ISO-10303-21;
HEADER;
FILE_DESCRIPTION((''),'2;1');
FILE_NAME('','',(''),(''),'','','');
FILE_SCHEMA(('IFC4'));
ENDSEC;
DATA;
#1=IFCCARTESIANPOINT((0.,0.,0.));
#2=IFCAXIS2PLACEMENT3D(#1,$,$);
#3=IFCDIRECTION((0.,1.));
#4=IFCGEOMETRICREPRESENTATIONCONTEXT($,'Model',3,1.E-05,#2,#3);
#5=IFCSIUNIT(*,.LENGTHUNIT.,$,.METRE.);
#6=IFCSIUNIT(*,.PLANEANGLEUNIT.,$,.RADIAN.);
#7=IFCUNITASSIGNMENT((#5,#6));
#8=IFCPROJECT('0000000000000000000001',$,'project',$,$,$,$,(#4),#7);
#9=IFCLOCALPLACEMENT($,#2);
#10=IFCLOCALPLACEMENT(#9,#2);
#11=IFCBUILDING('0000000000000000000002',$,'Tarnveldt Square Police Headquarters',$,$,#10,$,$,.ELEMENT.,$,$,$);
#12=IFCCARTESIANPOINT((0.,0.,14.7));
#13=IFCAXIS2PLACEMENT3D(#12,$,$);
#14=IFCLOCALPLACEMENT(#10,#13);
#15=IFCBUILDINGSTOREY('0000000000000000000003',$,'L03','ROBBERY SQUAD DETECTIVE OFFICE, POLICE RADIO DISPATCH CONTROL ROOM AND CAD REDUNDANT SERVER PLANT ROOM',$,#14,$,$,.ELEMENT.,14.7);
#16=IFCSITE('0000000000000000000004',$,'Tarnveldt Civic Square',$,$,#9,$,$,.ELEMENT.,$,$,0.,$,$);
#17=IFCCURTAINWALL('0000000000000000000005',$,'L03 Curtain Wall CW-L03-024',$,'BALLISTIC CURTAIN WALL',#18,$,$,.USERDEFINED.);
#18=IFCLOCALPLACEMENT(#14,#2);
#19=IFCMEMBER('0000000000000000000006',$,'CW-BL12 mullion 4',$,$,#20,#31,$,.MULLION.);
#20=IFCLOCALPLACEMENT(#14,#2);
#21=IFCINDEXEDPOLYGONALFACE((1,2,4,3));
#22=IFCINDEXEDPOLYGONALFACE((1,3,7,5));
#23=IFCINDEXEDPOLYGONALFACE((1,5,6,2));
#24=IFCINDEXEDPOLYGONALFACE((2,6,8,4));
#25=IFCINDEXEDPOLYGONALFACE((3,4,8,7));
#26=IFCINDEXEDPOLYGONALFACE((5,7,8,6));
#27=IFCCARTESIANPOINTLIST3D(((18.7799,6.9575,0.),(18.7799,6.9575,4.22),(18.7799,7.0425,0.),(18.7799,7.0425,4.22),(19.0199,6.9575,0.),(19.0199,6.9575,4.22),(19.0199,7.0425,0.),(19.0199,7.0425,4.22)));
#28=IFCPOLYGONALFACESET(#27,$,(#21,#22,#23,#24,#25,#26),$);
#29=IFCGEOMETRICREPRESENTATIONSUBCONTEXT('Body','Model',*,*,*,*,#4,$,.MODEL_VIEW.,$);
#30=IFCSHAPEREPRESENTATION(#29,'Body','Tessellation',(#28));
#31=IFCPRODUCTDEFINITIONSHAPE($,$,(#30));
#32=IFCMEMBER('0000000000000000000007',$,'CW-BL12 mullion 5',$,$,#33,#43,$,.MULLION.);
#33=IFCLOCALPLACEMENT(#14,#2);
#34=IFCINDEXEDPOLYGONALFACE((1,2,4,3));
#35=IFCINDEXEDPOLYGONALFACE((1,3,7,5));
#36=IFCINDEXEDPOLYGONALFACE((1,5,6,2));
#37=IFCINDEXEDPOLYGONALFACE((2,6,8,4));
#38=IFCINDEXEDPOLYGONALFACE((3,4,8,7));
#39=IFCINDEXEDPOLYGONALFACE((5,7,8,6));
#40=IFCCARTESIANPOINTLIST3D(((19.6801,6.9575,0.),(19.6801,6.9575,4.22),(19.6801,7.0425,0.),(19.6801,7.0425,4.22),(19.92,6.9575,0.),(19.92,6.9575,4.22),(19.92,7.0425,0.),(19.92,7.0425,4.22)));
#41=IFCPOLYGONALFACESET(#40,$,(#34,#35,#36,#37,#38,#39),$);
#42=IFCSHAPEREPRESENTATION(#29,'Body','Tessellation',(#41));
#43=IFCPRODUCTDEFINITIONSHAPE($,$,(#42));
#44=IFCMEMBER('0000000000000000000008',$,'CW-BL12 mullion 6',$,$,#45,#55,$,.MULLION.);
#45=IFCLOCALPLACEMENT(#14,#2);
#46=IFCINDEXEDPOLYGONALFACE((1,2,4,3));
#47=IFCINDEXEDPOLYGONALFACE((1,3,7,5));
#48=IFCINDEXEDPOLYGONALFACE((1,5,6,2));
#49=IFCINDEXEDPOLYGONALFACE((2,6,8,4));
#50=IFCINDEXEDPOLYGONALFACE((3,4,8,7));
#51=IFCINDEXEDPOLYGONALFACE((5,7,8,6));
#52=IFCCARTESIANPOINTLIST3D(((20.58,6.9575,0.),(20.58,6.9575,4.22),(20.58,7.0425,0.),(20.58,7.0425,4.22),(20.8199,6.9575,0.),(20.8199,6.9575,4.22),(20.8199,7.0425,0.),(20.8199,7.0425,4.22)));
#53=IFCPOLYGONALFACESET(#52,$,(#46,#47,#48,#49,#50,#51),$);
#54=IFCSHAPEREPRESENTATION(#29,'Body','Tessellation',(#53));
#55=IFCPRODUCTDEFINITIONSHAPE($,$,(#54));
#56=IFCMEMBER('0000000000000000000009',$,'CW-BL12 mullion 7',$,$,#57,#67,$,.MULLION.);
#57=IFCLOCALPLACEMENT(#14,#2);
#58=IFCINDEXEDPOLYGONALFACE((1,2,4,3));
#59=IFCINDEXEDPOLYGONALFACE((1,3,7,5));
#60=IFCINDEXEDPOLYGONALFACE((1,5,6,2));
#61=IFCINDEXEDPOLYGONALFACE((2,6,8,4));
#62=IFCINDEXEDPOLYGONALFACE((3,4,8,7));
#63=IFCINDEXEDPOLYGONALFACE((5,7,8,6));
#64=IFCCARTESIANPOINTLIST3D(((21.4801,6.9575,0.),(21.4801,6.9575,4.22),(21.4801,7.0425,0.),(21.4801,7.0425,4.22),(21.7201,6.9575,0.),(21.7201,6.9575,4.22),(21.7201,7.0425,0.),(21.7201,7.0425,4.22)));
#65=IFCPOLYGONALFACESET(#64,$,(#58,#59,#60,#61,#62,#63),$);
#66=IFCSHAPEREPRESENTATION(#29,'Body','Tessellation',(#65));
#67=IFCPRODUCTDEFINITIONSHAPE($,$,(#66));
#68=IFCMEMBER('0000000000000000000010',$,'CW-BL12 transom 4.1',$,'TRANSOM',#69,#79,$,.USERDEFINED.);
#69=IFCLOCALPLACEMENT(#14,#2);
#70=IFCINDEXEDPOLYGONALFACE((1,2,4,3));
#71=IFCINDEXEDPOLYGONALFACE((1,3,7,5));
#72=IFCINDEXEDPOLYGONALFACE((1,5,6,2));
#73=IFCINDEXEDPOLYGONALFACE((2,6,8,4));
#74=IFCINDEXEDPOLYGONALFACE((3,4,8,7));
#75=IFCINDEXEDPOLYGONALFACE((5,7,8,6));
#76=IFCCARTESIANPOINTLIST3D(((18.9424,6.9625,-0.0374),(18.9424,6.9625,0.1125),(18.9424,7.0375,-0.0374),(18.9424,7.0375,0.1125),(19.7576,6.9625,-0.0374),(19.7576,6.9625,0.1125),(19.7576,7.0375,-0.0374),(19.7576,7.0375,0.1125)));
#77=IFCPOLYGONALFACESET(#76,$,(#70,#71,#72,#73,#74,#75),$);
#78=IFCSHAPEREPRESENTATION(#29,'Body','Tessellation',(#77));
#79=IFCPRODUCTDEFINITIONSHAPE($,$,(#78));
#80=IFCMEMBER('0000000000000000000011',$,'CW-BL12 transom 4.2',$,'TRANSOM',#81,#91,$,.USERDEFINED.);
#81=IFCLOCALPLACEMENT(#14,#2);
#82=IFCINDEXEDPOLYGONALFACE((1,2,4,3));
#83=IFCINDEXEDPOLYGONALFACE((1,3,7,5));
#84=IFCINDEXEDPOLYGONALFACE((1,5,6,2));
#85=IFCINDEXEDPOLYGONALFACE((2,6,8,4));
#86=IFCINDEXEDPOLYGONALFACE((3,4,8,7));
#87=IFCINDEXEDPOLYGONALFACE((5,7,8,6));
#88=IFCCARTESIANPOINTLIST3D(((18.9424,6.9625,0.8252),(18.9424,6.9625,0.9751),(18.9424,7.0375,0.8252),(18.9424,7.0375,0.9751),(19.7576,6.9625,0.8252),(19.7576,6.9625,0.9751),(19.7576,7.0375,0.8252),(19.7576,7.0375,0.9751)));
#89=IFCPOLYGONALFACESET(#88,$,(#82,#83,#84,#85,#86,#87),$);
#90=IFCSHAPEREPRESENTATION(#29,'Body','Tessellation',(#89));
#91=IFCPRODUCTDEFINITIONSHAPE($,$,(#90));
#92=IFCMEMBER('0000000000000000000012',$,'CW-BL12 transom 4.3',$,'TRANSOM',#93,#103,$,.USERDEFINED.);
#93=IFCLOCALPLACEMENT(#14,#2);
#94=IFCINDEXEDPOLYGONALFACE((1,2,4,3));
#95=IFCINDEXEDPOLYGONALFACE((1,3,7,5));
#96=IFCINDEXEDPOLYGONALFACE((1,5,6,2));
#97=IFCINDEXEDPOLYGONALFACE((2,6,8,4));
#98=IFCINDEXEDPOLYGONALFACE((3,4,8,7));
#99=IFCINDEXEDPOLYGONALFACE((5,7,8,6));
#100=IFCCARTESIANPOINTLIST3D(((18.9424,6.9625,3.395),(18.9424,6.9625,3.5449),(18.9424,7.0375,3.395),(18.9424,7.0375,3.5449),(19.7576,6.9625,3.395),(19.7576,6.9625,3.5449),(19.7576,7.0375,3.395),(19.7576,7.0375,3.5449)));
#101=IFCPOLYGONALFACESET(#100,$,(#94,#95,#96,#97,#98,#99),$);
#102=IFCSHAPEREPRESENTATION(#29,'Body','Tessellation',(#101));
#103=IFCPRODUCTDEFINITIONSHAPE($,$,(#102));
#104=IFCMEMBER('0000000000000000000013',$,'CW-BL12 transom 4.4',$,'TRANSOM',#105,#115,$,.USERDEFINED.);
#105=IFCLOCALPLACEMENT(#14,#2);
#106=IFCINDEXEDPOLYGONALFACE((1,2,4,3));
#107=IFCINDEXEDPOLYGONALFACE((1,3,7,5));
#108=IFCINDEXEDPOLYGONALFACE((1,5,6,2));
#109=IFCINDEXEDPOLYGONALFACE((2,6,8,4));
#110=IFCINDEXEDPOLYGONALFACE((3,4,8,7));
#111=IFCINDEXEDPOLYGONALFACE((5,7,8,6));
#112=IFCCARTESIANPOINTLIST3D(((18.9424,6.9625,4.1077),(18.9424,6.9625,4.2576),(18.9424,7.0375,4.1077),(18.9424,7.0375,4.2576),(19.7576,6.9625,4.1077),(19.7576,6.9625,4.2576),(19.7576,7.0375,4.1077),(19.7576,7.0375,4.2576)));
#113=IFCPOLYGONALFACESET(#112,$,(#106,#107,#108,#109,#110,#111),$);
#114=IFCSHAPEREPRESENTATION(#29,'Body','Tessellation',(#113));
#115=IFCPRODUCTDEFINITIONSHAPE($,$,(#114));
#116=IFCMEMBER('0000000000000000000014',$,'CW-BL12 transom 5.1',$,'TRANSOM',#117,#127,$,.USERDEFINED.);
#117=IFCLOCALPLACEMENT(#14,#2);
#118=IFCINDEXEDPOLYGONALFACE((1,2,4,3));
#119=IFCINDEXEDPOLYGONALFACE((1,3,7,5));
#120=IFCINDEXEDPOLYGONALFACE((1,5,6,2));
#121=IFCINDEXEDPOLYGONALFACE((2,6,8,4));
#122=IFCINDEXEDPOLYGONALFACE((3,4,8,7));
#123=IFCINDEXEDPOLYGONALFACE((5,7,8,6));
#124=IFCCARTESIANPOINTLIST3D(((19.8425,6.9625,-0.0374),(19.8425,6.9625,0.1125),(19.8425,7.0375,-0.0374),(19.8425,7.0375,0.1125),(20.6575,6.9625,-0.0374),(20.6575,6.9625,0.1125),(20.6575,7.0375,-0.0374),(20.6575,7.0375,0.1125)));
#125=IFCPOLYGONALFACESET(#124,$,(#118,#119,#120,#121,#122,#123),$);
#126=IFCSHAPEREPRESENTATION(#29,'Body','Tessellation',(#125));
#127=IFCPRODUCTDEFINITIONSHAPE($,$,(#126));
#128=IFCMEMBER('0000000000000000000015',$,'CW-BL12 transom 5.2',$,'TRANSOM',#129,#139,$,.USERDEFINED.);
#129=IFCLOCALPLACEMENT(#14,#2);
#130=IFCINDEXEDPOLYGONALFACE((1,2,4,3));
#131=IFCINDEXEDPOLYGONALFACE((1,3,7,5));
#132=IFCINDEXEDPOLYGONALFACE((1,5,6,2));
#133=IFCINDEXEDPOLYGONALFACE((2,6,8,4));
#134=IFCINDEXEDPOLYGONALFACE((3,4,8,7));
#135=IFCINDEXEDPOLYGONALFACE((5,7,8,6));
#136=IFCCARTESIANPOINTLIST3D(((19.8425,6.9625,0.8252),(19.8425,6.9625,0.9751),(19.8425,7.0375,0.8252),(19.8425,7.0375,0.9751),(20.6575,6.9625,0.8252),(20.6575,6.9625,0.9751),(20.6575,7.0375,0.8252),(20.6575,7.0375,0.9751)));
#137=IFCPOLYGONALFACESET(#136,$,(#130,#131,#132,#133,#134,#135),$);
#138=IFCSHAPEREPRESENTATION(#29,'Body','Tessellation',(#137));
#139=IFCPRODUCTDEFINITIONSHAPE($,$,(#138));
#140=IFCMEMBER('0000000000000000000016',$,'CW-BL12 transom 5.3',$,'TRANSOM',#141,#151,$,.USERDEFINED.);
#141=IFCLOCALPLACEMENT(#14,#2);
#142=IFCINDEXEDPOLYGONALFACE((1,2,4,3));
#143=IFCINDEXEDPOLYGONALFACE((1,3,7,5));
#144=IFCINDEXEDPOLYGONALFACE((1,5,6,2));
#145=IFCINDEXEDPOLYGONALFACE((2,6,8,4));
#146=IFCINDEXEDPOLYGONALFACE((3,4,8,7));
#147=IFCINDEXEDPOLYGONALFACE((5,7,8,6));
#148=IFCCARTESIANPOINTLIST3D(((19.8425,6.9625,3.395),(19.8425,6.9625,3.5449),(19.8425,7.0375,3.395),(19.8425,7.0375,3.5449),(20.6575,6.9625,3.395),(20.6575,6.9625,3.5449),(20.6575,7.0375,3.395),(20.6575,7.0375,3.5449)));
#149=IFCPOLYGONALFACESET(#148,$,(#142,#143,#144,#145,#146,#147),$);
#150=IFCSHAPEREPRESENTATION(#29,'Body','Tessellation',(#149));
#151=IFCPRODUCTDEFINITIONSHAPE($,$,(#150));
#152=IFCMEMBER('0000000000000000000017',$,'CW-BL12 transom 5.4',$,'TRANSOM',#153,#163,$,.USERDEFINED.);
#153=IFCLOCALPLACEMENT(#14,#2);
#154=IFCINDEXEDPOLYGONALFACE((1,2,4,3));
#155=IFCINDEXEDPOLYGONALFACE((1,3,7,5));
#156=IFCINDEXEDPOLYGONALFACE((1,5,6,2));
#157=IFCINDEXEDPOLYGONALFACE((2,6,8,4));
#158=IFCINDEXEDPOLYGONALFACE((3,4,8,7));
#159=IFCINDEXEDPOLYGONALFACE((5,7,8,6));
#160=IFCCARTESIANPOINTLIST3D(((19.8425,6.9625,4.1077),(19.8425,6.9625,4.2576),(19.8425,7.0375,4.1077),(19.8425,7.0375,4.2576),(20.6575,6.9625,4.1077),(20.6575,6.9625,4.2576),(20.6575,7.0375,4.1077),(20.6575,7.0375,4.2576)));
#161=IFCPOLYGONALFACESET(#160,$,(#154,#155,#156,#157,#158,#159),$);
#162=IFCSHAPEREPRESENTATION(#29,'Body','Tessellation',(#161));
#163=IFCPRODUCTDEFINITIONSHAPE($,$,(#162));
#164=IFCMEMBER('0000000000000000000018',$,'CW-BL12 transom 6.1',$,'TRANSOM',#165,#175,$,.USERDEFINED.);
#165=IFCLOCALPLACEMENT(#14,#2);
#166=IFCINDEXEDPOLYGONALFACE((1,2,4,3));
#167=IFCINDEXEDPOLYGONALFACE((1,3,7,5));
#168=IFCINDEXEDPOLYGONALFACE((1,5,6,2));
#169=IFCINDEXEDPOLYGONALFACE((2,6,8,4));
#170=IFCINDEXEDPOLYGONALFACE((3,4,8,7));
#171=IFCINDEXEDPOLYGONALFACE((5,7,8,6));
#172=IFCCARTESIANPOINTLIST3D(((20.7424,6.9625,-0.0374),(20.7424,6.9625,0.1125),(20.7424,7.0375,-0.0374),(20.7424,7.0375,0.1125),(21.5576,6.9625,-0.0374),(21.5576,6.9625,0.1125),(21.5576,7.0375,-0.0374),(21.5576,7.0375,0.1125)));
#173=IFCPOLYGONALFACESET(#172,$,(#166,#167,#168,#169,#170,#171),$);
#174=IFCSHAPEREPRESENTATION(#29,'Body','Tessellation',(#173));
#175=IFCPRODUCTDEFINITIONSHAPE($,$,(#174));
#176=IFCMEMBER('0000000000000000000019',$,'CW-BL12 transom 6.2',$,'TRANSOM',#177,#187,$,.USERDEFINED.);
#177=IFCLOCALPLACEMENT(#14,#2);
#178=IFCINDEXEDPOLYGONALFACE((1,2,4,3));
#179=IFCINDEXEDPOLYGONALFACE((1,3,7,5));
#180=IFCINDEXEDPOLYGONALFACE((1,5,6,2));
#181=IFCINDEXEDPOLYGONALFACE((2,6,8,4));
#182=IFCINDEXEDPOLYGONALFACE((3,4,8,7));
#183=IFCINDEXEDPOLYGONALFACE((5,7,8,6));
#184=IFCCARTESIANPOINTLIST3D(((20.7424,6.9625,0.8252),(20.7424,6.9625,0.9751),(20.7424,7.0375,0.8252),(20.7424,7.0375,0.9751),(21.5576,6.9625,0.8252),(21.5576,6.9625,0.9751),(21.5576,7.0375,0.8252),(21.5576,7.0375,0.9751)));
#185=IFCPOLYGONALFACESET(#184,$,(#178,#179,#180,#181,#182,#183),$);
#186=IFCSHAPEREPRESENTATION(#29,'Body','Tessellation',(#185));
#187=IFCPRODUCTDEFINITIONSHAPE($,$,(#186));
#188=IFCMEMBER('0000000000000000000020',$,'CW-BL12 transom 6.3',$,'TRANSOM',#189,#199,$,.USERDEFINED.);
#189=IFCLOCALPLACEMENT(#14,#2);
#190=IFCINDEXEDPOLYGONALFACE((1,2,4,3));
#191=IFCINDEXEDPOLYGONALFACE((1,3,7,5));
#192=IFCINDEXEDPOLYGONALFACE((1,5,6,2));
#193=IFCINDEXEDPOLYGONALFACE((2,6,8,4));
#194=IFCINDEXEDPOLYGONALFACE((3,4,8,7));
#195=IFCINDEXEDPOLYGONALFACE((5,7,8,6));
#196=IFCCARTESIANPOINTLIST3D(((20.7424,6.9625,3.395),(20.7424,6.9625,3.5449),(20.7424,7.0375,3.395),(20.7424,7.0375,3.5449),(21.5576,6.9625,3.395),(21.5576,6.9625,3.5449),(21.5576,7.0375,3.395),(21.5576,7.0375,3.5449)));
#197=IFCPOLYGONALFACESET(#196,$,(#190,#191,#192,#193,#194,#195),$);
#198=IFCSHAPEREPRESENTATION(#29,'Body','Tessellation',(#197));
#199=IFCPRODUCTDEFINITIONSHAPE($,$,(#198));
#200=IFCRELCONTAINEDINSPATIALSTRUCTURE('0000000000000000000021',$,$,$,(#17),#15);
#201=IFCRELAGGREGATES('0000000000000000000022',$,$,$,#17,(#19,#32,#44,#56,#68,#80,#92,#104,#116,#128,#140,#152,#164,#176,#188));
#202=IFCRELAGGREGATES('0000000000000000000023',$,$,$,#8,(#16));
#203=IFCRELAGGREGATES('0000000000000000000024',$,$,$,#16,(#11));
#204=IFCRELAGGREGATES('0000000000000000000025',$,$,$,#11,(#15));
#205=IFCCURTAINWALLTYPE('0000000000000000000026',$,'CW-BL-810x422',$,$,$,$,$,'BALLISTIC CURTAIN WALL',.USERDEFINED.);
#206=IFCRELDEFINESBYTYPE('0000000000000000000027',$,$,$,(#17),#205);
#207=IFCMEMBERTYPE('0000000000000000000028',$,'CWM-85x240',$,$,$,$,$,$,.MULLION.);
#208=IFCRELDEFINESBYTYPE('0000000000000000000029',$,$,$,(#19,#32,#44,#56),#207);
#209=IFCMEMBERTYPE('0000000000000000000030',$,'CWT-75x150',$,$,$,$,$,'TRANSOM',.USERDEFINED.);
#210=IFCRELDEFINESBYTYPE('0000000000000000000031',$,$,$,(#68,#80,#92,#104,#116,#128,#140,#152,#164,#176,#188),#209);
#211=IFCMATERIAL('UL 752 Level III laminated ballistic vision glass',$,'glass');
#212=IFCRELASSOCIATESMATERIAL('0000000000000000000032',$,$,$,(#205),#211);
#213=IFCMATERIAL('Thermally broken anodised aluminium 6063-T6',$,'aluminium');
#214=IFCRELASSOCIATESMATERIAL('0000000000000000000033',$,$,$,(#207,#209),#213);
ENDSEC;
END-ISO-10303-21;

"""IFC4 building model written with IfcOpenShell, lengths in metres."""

from ifc_helpers import new_model, si_unit, direction, frame, origin, origin_2d, place, context, subcontext, project, spatial, rectangle, extrude, material, material_profile, profile_set, type_object, element, aggregate, save


model = new_model("IFC4")

# Units and contexts
model_context = context("Model", 3, precision=1e-05, world=origin(), true_north=direction((0.0, 1.0)))
body_context = subcontext(model_context, "Body", "Model", "MODEL_VIEW")
ifc_project = project(units=[si_unit("LENGTHUNIT", "METRE"), si_unit("PLANEANGLEUNIT", "RADIAN")], contexts=[model_context])

# Site, building, storey
site_placement = place(None, origin())
site = spatial("IfcSite", under=ifc_project, at=site_placement, Name="Tarnveldt Civic Square", CompositionType="ELEMENT", RefElevation=0.0)
building_placement = place(site_placement, origin())
building = spatial("IfcBuilding", under=site, at=building_placement, Name="Tarnveldt Square Police Headquarters", CompositionType="ELEMENT")
storey_placement = place(building_placement, frame((0.0, 0.0, 14.7)))
storey = spatial("IfcBuildingStorey", under=building, at=storey_placement, Name="L03", Description="ROBBERY SQUAD DETECTIVE OFFICE, POLICE RADIO DISPATCH CONTROL ROOM AND CAD REDUNDANT SERVER PLANT ROOM", CompositionType="ELEMENT", Elevation=14.7)

# Curtain wall, members
ifc_material_1 = material(Name="UL 752 Level III laminated ballistic vision glass", Category="glass")
curtain_wall_type = type_object("IfcCurtainWallType", Name="CW-BL-810x422", ElementType="BALLISTIC CURTAIN WALL", PredefinedType="USERDEFINED", material=ifc_material_1)
curtain_wall_placement = place(storey_placement, origin())
curtain_wall = element("IfcCurtainWall", 1, at=curtain_wall_placement, inside=storey, type_object=curtain_wall_type, Name="L03 Curtain Wall CW-L03-024", ObjectType="BALLISTIC CURTAIN WALL", PredefinedType="USERDEFINED")
ifc_material_2 = material(Name="Thermally broken anodised aluminium 6063-T6", Category="aluminium")
ifc_material_profile_1 = material_profile(ifc_material_2, rectangle(XDim=0.085, YDim=0.24, at=origin_2d()), Name="CW-M85x240")
ifc_profile_set_1 = profile_set([ifc_material_profile_1], Name="Thermally broken anodised aluminium 6063-T6")
member_type_1 = type_object("IfcMemberType", Name="CWM-85x240", PredefinedType="MULLION", material=ifc_profile_set_1)
member_1_placement = place(storey_placement, frame((18.8999, 7.0, 0.0), z_axis=(0.0, 0.0, 1.0), x_axis=(0.0, 1.0, 0.0)))
member_1 = element("IfcMember", 2, at=member_1_placement, type_object=member_type_1, Name="CW-BL12 mullion 4", PredefinedType="MULLION", context=body_context, shape_type="SweptSolid", body=[
    extrude(rectangle(XDim=0.085, YDim=0.24, at=origin_2d()), origin(), (0.0, 0.0, 1.0), 4.22),
])
member_2_placement = place(storey_placement, frame((19.8, 7.0, 0.0), z_axis=(0.0, 0.0, 1.0), x_axis=(0.0, 1.0, 0.0)))
member_2 = element("IfcMember", 3, at=member_2_placement, type_object=member_type_1, Name="CW-BL12 mullion 5", PredefinedType="MULLION", context=body_context, shape_type="SweptSolid", body=[
    extrude(rectangle(XDim=0.085, YDim=0.24, at=origin_2d()), origin(), (0.0, 0.0, 1.0), 4.22),
])
member_3_placement = place(storey_placement, frame((20.7, 7.0, 0.0), z_axis=(0.0, 0.0, 1.0), x_axis=(0.0, 1.0, 0.0)))
member_3 = element("IfcMember", 4, at=member_3_placement, type_object=member_type_1, Name="CW-BL12 mullion 6", PredefinedType="MULLION", context=body_context, shape_type="SweptSolid", body=[
    extrude(rectangle(XDim=0.085, YDim=0.24, at=origin_2d()), origin(), (0.0, 0.0, 1.0), 4.22),
])
member_4_placement = place(storey_placement, frame((21.6001, 7.0, 0.0), z_axis=(0.0, 0.0, 1.0), x_axis=(0.0, 1.0, 0.0)))
member_4 = element("IfcMember", 5, at=member_4_placement, type_object=member_type_1, Name="CW-BL12 mullion 7", PredefinedType="MULLION", context=body_context, shape_type="SweptSolid", body=[
    extrude(rectangle(XDim=0.085, YDim=0.24, at=origin_2d()), origin(), (0.0, 0.0, 1.0), 4.22),
])
ifc_material_profile_2 = material_profile(ifc_material_2, rectangle(XDim=0.075, YDim=0.1499, at=origin_2d()), Name="CW-T75x150")
ifc_profile_set_2 = profile_set([ifc_material_profile_2], Name="Thermally broken anodised aluminium 6063-T6")
member_type_2 = type_object("IfcMemberType", Name="CWT-75x150", ElementType="TRANSOM", PredefinedType="USERDEFINED", material=ifc_profile_set_2)
member_5_placement = place(storey_placement, frame((18.9424, 7.0, 0.0376), z_axis=(1.0, 0.0, 0.0), x_axis=(0.0, 1.0, 0.0)))
member_5 = element("IfcMember", 6, at=member_5_placement, type_object=member_type_2, Name="CW-BL12 transom 4.1", ObjectType="TRANSOM", PredefinedType="USERDEFINED", context=body_context, shape_type="SweptSolid", body=[
    extrude(rectangle(XDim=0.075, YDim=0.1499, at=origin_2d()), origin(), (0.0, 0.0, 1.0), 0.8152),
])
member_6_placement = place(storey_placement, frame((18.9424, 7.0, 0.9001), z_axis=(1.0, 0.0, 0.0), x_axis=(0.0, 1.0, 0.0)))
member_6 = element("IfcMember", 7, at=member_6_placement, type_object=member_type_2, Name="CW-BL12 transom 4.2", ObjectType="TRANSOM", PredefinedType="USERDEFINED", context=body_context, shape_type="SweptSolid", body=[
    extrude(rectangle(XDim=0.075, YDim=0.1499, at=origin_2d()), origin(), (0.0, 0.0, 1.0), 0.8152),
])
member_7_placement = place(storey_placement, frame((18.9424, 7.0, 3.47), z_axis=(1.0, 0.0, 0.0), x_axis=(0.0, 1.0, 0.0)))
member_7 = element("IfcMember", 8, at=member_7_placement, type_object=member_type_2, Name="CW-BL12 transom 4.3", ObjectType="TRANSOM", PredefinedType="USERDEFINED", context=body_context, shape_type="SweptSolid", body=[
    extrude(rectangle(XDim=0.075, YDim=0.1499, at=origin_2d()), origin(), (0.0, 0.0, 1.0), 0.8152),
])
member_8_placement = place(storey_placement, frame((18.9424, 7.0, 4.1826), z_axis=(1.0, 0.0, 0.0), x_axis=(0.0, 1.0, 0.0)))
member_8 = element("IfcMember", 9, at=member_8_placement, type_object=member_type_2, Name="CW-BL12 transom 4.4", ObjectType="TRANSOM", PredefinedType="USERDEFINED", context=body_context, shape_type="SweptSolid", body=[
    extrude(rectangle(XDim=0.075, YDim=0.1499, at=origin_2d()), origin(), (0.0, 0.0, 1.0), 0.8152),
])
member_9_placement = place(storey_placement, frame((19.8425, 7.0, 0.0376), z_axis=(1.0, 0.0, 0.0), x_axis=(0.0, 1.0, 0.0)))
member_9 = element("IfcMember", 10, at=member_9_placement, type_object=member_type_2, Name="CW-BL12 transom 5.1", ObjectType="TRANSOM", PredefinedType="USERDEFINED", context=body_context, shape_type="SweptSolid", body=[
    extrude(rectangle(XDim=0.075, YDim=0.1499, at=origin_2d()), origin(), (0.0, 0.0, 1.0), 0.8149),
])
member_10_placement = place(storey_placement, frame((19.8425, 7.0, 0.9001), z_axis=(1.0, 0.0, 0.0), x_axis=(0.0, 1.0, 0.0)))
member_10 = element("IfcMember", 11, at=member_10_placement, type_object=member_type_2, Name="CW-BL12 transom 5.2", ObjectType="TRANSOM", PredefinedType="USERDEFINED", context=body_context, shape_type="SweptSolid", body=[
    extrude(rectangle(XDim=0.075, YDim=0.1499, at=origin_2d()), origin(), (0.0, 0.0, 1.0), 0.8149),
])
member_11_placement = place(storey_placement, frame((19.8425, 7.0, 3.47), z_axis=(1.0, 0.0, 0.0), x_axis=(0.0, 1.0, 0.0)))
member_11 = element("IfcMember", 12, at=member_11_placement, type_object=member_type_2, Name="CW-BL12 transom 5.3", ObjectType="TRANSOM", PredefinedType="USERDEFINED", context=body_context, shape_type="SweptSolid", body=[
    extrude(rectangle(XDim=0.075, YDim=0.1499, at=origin_2d()), origin(), (0.0, 0.0, 1.0), 0.8149),
])
member_12_placement = place(storey_placement, frame((19.8425, 7.0, 4.1826), z_axis=(1.0, 0.0, 0.0), x_axis=(0.0, 1.0, 0.0)))
member_12 = element("IfcMember", 13, at=member_12_placement, type_object=member_type_2, Name="CW-BL12 transom 5.4", ObjectType="TRANSOM", PredefinedType="USERDEFINED", context=body_context, shape_type="SweptSolid", body=[
    extrude(rectangle(XDim=0.075, YDim=0.1499, at=origin_2d()), origin(), (0.0, 0.0, 1.0), 0.8149),
])
member_13_placement = place(storey_placement, frame((20.7424, 7.0, 0.0376), z_axis=(1.0, 0.0, 0.0), x_axis=(0.0, 1.0, 0.0)))
member_13 = element("IfcMember", 14, at=member_13_placement, type_object=member_type_2, Name="CW-BL12 transom 6.1", ObjectType="TRANSOM", PredefinedType="USERDEFINED", context=body_context, shape_type="SweptSolid", body=[
    extrude(rectangle(XDim=0.075, YDim=0.1499, at=origin_2d()), origin(), (0.0, 0.0, 1.0), 0.8152),
])
member_14_placement = place(storey_placement, frame((20.7424, 7.0, 0.9001), z_axis=(1.0, 0.0, 0.0), x_axis=(0.0, 1.0, 0.0)))
member_14 = element("IfcMember", 15, at=member_14_placement, type_object=member_type_2, Name="CW-BL12 transom 6.2", ObjectType="TRANSOM", PredefinedType="USERDEFINED", context=body_context, shape_type="SweptSolid", body=[
    extrude(rectangle(XDim=0.075, YDim=0.1499, at=origin_2d()), origin(), (0.0, 0.0, 1.0), 0.8152),
])
member_15_placement = place(storey_placement, frame((20.7424, 7.0, 3.47), z_axis=(1.0, 0.0, 0.0), x_axis=(0.0, 1.0, 0.0)))
member_15 = element("IfcMember", 16, at=member_15_placement, type_object=member_type_2, Name="CW-BL12 transom 6.3", ObjectType="TRANSOM", PredefinedType="USERDEFINED", context=body_context, shape_type="SweptSolid", body=[
    extrude(rectangle(XDim=0.075, YDim=0.1499, at=origin_2d()), origin(), (0.0, 0.0, 1.0), 0.8152),
])

aggregate(curtain_wall, [member_1, member_2, member_3, member_4, member_5, member_6, member_7, member_8, member_9, member_10, member_11, member_12, member_13, member_14, member_15])

save(model, "model.ifc")
